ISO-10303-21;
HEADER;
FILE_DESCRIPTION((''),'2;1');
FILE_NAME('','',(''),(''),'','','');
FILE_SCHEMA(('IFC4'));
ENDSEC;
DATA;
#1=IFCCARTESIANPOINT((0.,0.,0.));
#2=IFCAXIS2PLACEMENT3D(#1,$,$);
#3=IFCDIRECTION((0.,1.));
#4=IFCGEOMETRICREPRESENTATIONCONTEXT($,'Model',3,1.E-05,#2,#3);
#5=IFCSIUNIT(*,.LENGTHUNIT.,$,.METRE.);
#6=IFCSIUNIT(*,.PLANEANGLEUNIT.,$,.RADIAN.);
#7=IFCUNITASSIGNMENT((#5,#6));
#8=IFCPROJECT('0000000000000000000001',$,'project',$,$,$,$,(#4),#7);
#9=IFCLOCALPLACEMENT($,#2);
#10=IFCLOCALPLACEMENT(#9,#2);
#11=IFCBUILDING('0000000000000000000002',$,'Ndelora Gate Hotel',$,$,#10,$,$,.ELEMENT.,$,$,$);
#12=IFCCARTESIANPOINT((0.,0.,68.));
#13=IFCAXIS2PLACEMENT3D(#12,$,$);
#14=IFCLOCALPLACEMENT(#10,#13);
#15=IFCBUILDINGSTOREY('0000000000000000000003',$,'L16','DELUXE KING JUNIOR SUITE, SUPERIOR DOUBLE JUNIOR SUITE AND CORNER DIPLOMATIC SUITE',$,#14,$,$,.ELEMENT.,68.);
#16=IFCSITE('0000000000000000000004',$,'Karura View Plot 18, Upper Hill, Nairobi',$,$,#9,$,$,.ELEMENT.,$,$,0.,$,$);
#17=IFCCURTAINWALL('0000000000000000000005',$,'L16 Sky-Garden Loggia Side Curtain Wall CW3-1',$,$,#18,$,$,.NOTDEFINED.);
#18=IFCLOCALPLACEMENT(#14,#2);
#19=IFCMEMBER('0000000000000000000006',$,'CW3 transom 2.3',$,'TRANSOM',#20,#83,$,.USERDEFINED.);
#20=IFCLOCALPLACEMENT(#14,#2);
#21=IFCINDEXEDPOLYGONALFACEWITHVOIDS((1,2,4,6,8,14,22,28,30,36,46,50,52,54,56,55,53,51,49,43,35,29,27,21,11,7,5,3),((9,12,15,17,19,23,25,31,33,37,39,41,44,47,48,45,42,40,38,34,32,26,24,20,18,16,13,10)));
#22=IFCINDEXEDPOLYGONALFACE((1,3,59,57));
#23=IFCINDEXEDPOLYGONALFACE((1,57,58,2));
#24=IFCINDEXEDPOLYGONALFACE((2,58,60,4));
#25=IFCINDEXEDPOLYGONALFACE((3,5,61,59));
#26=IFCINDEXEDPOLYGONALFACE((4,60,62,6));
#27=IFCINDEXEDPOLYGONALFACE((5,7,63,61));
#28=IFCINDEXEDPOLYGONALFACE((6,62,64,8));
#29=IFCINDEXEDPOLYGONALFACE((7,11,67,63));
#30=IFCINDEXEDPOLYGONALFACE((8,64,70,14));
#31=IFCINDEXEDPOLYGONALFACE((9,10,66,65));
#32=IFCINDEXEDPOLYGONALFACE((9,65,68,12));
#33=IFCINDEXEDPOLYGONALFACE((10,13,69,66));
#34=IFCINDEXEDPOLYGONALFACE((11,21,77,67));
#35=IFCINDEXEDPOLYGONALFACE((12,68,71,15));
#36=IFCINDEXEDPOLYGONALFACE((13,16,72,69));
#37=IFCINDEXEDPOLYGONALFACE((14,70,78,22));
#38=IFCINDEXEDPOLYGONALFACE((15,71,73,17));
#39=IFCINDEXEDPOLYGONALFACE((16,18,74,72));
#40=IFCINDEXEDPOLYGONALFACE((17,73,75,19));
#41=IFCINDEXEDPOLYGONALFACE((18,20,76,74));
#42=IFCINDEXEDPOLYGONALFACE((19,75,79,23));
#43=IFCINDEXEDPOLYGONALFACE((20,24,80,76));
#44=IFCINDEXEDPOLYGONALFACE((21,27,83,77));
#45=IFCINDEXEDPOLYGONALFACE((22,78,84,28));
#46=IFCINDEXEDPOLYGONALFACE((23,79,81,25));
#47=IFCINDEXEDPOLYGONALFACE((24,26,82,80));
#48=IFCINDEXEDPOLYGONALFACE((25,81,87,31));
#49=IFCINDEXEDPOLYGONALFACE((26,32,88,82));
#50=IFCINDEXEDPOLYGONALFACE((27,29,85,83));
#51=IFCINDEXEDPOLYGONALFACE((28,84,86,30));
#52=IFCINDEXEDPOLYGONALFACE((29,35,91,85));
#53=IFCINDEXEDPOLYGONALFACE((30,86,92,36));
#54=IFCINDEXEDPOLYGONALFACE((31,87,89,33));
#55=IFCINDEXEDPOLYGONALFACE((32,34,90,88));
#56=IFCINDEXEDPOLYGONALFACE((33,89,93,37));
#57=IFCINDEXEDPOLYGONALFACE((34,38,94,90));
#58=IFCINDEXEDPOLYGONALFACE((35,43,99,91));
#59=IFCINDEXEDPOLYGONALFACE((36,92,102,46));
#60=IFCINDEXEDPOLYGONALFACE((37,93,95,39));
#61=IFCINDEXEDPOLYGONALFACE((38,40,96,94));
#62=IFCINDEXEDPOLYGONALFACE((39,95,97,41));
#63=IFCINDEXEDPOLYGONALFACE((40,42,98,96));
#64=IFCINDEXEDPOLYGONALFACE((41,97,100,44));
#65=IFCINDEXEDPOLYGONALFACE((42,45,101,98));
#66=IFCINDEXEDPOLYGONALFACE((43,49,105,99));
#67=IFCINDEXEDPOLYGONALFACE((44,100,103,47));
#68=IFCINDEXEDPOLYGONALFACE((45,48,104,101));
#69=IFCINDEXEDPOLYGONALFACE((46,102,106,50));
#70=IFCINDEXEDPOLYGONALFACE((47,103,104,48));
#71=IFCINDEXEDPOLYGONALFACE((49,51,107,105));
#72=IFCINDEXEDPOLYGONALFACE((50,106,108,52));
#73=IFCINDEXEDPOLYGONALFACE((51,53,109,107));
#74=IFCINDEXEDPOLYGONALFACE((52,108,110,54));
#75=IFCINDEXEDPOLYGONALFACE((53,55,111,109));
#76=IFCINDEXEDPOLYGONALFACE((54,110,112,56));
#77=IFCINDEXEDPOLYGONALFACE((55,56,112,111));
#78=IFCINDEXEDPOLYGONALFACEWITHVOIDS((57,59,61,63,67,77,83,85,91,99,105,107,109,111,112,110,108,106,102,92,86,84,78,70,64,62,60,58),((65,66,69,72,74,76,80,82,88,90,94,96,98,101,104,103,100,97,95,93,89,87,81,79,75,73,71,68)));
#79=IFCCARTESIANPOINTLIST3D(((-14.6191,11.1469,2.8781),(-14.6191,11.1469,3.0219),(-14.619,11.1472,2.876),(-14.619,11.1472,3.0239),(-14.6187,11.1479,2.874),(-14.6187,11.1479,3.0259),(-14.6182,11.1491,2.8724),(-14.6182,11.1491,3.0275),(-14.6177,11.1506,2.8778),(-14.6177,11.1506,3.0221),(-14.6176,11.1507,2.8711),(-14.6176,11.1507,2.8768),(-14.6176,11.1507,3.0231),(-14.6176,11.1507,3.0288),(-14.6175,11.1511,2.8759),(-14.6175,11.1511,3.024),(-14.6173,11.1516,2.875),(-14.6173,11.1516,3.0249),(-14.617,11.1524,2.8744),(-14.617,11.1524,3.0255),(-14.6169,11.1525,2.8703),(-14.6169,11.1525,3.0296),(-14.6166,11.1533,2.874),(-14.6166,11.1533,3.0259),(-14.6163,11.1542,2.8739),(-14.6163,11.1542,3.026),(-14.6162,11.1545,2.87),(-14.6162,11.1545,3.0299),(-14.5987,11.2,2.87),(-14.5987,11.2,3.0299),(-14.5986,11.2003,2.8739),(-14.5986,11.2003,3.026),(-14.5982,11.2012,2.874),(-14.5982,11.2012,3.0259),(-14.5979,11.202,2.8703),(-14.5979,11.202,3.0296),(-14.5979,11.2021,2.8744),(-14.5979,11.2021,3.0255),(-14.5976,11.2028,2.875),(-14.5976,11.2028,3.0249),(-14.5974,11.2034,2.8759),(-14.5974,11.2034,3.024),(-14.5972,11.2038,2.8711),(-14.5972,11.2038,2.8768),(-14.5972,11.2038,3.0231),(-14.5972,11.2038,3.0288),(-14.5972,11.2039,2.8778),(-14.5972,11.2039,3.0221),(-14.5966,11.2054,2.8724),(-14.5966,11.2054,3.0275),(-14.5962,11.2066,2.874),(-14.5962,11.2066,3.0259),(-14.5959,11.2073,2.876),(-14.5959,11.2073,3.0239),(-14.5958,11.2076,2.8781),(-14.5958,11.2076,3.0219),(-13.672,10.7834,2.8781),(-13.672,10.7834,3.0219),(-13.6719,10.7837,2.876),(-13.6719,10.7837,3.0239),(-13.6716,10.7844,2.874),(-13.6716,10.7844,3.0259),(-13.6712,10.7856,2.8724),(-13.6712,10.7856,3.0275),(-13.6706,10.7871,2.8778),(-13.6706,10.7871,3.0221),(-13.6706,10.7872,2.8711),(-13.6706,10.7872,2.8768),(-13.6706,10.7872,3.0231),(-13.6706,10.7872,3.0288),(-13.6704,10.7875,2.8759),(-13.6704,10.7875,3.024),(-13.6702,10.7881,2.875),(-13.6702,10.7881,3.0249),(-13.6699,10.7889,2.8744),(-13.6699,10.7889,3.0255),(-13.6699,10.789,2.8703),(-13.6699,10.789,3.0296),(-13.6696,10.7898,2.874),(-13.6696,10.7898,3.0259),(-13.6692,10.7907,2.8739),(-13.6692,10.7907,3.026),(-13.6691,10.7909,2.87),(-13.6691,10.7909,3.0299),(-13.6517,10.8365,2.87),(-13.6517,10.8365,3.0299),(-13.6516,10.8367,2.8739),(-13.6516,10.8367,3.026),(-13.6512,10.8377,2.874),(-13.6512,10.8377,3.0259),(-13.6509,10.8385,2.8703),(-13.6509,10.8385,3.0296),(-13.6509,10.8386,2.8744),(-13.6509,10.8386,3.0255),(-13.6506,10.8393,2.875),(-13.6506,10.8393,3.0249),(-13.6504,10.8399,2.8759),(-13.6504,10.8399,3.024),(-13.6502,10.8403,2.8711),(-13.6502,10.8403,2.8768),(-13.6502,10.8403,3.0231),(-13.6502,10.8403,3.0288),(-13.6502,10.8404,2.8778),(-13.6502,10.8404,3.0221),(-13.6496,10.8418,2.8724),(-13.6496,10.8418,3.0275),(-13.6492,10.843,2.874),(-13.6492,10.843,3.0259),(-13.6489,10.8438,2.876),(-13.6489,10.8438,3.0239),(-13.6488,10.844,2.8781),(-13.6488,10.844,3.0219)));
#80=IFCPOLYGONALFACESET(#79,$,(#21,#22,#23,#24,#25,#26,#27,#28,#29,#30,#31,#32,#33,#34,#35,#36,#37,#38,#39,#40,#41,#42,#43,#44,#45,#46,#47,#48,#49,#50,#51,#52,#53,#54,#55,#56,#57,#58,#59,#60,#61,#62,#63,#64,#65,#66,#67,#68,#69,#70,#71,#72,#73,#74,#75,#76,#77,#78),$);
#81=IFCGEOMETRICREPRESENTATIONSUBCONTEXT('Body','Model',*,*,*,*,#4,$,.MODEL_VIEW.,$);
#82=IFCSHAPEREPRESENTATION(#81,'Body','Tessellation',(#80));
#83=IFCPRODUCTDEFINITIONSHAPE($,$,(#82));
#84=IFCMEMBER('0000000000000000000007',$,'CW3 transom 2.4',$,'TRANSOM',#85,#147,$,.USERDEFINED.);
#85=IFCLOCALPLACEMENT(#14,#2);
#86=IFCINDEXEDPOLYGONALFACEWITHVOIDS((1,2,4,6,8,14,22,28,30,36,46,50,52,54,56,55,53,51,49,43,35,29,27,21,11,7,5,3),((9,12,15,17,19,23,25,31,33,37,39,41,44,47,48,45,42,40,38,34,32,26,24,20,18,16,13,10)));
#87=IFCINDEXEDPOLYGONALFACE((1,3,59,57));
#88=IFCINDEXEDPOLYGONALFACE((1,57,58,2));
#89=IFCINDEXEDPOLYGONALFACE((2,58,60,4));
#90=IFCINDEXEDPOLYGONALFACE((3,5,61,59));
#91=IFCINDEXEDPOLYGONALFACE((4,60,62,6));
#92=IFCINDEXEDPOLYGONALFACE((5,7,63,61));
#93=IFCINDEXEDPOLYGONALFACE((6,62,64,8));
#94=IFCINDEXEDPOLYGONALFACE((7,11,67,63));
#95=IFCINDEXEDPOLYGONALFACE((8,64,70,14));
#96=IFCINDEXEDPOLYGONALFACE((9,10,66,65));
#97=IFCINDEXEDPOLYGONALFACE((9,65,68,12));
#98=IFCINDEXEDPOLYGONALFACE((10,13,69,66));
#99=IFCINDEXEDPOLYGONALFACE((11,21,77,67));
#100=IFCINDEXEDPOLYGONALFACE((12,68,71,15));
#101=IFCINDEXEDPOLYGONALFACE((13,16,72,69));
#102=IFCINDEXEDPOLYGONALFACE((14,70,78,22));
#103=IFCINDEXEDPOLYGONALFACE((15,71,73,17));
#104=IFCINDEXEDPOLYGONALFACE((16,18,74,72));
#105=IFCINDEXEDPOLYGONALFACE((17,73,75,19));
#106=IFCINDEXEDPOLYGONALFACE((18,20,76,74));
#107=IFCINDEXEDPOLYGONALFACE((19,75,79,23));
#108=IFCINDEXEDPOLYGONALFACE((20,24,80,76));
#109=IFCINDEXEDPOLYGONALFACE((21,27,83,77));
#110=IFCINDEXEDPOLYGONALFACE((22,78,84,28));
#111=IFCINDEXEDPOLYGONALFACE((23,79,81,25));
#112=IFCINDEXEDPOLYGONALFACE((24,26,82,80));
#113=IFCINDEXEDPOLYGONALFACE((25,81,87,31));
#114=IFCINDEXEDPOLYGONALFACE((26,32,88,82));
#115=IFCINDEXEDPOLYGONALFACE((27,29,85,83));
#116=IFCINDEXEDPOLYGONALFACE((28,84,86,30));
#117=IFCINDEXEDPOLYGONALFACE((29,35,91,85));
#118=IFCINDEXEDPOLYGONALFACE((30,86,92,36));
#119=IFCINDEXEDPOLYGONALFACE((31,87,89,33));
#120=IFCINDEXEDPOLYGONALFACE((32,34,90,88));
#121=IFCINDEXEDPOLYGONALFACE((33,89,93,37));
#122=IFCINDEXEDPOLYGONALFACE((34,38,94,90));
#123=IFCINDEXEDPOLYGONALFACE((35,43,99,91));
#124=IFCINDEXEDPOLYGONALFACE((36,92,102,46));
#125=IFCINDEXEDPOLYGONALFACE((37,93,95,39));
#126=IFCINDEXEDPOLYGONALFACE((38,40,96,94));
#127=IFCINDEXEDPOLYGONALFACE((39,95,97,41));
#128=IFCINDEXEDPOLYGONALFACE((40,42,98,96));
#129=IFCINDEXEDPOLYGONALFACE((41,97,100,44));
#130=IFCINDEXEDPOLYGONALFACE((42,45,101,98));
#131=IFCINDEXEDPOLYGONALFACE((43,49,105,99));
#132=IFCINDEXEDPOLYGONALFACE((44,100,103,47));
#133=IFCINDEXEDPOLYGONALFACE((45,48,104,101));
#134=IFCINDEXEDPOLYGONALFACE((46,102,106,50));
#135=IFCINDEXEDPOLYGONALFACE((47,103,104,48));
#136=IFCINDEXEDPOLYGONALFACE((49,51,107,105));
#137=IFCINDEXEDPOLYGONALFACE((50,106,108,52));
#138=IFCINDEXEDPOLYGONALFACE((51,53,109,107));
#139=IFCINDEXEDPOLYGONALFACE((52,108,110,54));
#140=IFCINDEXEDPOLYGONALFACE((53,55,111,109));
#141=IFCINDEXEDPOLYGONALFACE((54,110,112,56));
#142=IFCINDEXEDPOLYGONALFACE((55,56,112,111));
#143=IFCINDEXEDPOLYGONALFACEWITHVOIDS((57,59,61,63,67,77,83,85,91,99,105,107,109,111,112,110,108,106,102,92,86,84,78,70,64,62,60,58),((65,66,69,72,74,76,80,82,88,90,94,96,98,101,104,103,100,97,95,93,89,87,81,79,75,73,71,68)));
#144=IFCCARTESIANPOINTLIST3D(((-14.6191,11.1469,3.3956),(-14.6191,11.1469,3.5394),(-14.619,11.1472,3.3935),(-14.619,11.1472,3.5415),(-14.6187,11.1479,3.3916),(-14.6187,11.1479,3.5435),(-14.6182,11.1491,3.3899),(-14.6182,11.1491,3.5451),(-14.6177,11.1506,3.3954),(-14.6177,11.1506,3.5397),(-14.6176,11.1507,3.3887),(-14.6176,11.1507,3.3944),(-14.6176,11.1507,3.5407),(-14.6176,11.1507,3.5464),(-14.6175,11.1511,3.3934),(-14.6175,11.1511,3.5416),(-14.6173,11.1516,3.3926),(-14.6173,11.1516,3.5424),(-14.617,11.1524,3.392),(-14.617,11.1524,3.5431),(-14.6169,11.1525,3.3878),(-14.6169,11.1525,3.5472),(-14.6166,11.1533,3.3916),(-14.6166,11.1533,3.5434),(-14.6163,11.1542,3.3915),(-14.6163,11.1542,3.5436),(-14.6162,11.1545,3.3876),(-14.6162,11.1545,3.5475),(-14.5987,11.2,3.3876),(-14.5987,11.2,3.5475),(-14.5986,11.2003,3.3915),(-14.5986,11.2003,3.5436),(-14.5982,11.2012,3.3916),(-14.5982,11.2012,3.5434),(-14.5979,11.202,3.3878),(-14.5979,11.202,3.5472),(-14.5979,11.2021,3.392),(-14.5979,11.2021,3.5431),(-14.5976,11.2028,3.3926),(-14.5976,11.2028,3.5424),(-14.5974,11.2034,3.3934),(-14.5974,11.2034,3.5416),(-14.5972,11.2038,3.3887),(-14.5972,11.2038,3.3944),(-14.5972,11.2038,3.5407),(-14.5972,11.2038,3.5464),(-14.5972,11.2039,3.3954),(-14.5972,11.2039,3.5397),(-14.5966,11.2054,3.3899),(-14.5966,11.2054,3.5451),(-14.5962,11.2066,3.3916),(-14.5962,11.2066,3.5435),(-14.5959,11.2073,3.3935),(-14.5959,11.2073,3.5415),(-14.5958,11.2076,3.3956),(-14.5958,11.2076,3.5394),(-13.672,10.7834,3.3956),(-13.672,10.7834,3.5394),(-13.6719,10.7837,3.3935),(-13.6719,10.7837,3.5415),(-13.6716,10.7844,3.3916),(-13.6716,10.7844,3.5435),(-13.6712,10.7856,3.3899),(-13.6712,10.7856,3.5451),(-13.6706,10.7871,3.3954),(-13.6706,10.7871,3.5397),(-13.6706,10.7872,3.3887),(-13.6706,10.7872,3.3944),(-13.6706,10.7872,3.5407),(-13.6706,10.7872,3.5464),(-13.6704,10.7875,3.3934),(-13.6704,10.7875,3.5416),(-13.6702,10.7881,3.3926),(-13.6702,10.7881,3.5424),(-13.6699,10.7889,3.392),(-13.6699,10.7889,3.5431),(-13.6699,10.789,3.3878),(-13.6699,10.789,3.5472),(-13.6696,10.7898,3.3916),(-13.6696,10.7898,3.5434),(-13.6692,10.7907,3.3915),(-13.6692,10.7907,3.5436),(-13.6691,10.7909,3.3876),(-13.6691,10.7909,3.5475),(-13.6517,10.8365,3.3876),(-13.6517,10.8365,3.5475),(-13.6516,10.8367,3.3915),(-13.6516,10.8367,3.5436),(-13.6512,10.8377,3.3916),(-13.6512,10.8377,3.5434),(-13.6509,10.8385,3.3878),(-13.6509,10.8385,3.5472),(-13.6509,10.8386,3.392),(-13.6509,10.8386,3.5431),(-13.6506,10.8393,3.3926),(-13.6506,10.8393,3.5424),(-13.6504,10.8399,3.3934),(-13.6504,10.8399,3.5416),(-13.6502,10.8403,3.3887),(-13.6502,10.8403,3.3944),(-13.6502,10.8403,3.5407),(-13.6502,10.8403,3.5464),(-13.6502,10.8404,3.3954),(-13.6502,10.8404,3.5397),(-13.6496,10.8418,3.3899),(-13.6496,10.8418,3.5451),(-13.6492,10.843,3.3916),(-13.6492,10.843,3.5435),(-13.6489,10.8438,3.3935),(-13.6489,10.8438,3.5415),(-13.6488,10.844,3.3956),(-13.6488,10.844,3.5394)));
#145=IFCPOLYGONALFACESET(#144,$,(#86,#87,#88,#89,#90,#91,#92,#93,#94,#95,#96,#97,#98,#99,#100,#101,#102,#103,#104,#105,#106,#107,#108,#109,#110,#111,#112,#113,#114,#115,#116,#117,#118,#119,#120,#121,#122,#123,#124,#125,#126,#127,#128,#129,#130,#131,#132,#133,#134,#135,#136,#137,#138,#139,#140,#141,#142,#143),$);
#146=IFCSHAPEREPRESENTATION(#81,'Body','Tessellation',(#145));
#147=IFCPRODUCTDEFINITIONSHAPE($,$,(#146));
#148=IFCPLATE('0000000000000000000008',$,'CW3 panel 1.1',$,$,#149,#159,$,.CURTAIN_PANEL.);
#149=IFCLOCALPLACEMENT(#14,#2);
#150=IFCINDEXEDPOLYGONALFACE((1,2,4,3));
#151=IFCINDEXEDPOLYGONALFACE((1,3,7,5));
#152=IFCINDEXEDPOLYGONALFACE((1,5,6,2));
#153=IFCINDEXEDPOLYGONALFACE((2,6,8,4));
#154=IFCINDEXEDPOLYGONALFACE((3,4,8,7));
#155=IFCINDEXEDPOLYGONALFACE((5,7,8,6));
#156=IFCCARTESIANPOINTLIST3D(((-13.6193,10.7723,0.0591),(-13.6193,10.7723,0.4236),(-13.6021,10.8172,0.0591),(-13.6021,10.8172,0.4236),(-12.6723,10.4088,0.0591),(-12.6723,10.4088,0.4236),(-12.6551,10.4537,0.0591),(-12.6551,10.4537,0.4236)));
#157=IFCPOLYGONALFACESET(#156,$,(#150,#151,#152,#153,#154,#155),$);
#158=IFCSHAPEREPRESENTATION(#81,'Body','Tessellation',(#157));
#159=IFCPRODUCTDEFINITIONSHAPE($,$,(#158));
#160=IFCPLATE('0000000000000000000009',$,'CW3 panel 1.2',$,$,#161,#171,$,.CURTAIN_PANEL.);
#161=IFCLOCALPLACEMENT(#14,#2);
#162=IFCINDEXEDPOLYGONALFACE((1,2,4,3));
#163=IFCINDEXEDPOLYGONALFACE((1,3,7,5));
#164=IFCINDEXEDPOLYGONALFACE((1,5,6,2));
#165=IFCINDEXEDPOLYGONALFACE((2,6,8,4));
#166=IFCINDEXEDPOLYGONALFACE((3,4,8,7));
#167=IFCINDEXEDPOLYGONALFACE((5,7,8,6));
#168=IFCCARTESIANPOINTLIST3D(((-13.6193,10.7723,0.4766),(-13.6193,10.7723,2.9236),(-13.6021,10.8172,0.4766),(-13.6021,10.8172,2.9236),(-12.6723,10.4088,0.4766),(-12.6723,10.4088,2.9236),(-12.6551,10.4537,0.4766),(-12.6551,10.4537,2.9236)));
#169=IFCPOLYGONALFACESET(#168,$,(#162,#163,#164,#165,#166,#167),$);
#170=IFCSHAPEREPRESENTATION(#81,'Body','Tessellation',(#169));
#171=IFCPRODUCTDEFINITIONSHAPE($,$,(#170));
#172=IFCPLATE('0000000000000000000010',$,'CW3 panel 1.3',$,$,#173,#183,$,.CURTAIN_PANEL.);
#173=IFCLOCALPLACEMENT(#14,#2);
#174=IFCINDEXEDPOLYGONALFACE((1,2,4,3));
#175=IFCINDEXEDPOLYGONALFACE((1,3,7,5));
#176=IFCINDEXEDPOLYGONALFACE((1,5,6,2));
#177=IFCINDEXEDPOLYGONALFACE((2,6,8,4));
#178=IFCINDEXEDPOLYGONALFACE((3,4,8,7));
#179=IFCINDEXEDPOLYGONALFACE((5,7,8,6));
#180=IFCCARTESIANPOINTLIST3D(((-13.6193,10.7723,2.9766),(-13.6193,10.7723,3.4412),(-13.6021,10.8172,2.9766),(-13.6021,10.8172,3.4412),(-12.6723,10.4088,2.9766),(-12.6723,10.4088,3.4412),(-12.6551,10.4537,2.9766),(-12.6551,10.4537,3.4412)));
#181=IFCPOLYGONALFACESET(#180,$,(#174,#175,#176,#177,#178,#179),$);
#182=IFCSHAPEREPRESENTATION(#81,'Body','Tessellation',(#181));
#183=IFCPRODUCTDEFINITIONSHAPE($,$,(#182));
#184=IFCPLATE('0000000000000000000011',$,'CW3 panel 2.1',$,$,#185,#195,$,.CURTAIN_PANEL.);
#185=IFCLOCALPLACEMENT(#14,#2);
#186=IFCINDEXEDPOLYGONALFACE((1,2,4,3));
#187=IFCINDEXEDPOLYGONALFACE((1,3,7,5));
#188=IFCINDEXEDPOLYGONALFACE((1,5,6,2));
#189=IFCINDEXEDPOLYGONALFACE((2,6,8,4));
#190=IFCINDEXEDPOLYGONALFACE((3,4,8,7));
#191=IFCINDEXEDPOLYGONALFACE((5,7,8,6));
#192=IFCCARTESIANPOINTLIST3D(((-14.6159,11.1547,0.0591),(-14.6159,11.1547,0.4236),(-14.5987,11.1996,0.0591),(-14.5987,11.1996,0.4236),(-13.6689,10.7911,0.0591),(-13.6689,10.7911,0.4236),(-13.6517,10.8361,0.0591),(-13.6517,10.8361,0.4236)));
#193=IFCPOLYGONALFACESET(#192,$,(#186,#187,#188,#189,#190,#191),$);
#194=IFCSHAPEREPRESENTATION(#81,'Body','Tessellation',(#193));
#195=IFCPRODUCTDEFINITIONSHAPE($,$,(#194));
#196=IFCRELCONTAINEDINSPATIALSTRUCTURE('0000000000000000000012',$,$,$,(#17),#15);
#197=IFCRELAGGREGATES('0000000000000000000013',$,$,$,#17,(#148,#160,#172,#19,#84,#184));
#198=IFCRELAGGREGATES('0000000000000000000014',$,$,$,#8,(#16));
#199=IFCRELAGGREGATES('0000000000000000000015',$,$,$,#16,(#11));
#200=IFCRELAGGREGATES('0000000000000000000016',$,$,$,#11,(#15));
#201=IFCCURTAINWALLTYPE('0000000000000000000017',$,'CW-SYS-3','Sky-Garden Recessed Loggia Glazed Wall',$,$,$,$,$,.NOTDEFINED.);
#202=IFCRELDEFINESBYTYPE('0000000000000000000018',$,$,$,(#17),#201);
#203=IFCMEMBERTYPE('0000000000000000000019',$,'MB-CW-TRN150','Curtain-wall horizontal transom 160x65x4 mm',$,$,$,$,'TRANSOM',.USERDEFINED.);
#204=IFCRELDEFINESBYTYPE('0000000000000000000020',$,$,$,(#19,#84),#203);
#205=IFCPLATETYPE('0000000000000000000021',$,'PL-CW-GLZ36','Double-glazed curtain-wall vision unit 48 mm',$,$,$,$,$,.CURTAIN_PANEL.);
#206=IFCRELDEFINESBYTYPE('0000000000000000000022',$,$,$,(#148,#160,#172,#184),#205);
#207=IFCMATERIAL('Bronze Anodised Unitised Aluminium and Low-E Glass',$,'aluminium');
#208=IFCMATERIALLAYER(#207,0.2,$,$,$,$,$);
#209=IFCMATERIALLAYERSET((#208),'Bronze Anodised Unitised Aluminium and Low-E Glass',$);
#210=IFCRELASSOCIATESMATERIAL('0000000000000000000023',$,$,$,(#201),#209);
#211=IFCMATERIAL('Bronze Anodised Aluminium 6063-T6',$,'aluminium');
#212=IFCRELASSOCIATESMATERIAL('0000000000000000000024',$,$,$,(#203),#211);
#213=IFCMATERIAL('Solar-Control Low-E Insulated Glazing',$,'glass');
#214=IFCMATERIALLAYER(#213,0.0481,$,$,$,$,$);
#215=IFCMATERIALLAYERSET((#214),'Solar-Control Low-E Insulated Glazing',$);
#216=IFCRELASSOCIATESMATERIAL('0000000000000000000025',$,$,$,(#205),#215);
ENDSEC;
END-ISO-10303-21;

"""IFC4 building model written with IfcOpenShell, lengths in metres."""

from ifc_helpers import new_model, si_unit, direction, frame, origin, origin_2d, place, context, subcontext, project, spatial, rectangle, hollow_rectangle, extrude, material, layer, layer_set, material_profile, profile_set, type_object, element, aggregate, save


model = new_model("IFC4")

# Units and contexts
model_context = context("Model", 3, precision=1e-05, world=origin(), true_north=direction((0.0, 1.0)))
body_context = subcontext(model_context, "Body", "Model", "MODEL_VIEW")
ifc_project = project(units=[si_unit("LENGTHUNIT", "METRE"), si_unit("PLANEANGLEUNIT", "RADIAN")], contexts=[model_context])

# Site, building, storey
site_placement = place(None, origin())
site = spatial("IfcSite", under=ifc_project, at=site_placement, Name="Karura View Plot 18, Upper Hill, Nairobi", CompositionType="ELEMENT", RefElevation=0.0)
building_placement = place(site_placement, origin())
building = spatial("IfcBuilding", under=site, at=building_placement, Name="Ndelora Gate Hotel", CompositionType="ELEMENT")
storey_placement = place(building_placement, frame((0.0, 0.0, 68.0)))
storey = spatial("IfcBuildingStorey", under=building, at=storey_placement, Name="L16", Description="DELUXE KING JUNIOR SUITE, SUPERIOR DOUBLE JUNIOR SUITE AND CORNER DIPLOMATIC SUITE", CompositionType="ELEMENT", Elevation=68.0)

# Curtain wall, members, plates
ifc_material_1 = material(Name="Bronze Anodised Unitised Aluminium and Low-E Glass", Category="aluminium")
ifc_layer_1 = layer(ifc_material_1, 0.2)
ifc_layer_set_1 = layer_set([ifc_layer_1], Name="Bronze Anodised Unitised Aluminium and Low-E Glass")
curtain_wall_type = type_object("IfcCurtainWallType", Name="CW-SYS-3", Description="Sky-Garden Recessed Loggia Glazed Wall", PredefinedType="NOTDEFINED", material=ifc_layer_set_1)
curtain_wall_placement = place(storey_placement, origin())
curtain_wall = element("IfcCurtainWall", 1, at=curtain_wall_placement, inside=storey, type_object=curtain_wall_type, Name="L16 Sky-Garden Loggia Side Curtain Wall CW3-1", PredefinedType="NOTDEFINED")
ifc_material_2 = material(Name="Bronze Anodised Aluminium 6063-T6", Category="aluminium")
ifc_material_profile_1 = material_profile(ifc_material_2, hollow_rectangle(XDim=0.0649, YDim=0.1599, WallThickness=0.0039, InnerFilletRadius=0.0039, OuterFilletRadius=0.0081, at=origin_2d()), Name="ALU 160x65x4")
ifc_profile_set_1 = profile_set([ifc_material_profile_1], Name="Bronze Anodised Aluminium 6063-T6")
member_type_1 = type_object("IfcMemberType", Name="MB-CW-TRN150", Description="Curtain-wall horizontal transom 160x65x4 mm", ElementType="TRANSOM", PredefinedType="USERDEFINED", material=ifc_profile_set_1)
member_1_placement = place(storey_placement, frame((-13.6604, 10.8137, 2.95), z_axis=(-0.933581, 0.358366, 0.0), x_axis=(-0.358366, -0.933581, 0.0)))
member_1 = element("IfcMember", 2, at=member_1_placement, type_object=member_type_1, Name="CW3 transom 2.3", ObjectType="TRANSOM", PredefinedType="USERDEFINED", context=body_context, shape_type="SweptSolid", body=[
    extrude(hollow_rectangle(XDim=0.0649, YDim=0.1599, WallThickness=0.0039, InnerFilletRadius=0.0039, OuterFilletRadius=0.0081, at=origin_2d()), origin(), (0.0, 0.0, 1.0), 1.0144),
])
member_2_placement = place(storey_placement, frame((-13.6604, 10.8137, 3.4675), z_axis=(-0.933581, 0.358366, 0.0), x_axis=(-0.358366, -0.933581, 0.0)))
member_2 = element("IfcMember", 3, at=member_2_placement, type_object=member_type_1, Name="CW3 transom 2.4", ObjectType="TRANSOM", PredefinedType="USERDEFINED", context=body_context, shape_type="SweptSolid", body=[
    extrude(hollow_rectangle(XDim=0.0649, YDim=0.1599, WallThickness=0.0039, InnerFilletRadius=0.0039, OuterFilletRadius=0.0081, at=origin_2d()), origin(), (0.0, 0.0, 1.0), 1.0144),
])
ifc_material_3 = material(Name="Solar-Control Low-E Insulated Glazing", Category="glass")
ifc_layer_2 = layer(ifc_material_3, 0.0481)
ifc_layer_set_2 = layer_set([ifc_layer_2], Name="Solar-Control Low-E Insulated Glazing")
plate_type = type_object("IfcPlateType", Name="PL-CW-GLZ36", Description="Double-glazed curtain-wall vision unit 48 mm", PredefinedType="CURTAIN_PANEL", material=ifc_layer_set_2)
plate_1_placement = place(storey_placement, frame((-13.1372, 10.613, 0.0591), z_axis=(0.0, 0.0, 1.0), x_axis=(-0.933583, 0.358361, 0.0)))
plate_1 = element("IfcPlate", 4, at=plate_1_placement, type_object=plate_type, Name="CW3 panel 1.1", PredefinedType="CURTAIN_PANEL", context=body_context, shape_type="SweptSolid", body=[
    extrude(rectangle(XDim=1.0144, YDim=0.0481, at=origin_2d()), origin(), (0.0, 0.0, 1.0), 0.3645),
])
plate_2_placement = place(storey_placement, frame((-13.1372, 10.613, 0.4766), z_axis=(0.0, 0.0, 1.0), x_axis=(-0.933583, 0.358361, 0.0)))
plate_2 = element("IfcPlate", 5, at=plate_2_placement, type_object=plate_type, Name="CW3 panel 1.2", PredefinedType="CURTAIN_PANEL", context=body_context, shape_type="SweptSolid", body=[
    extrude(rectangle(XDim=1.0144, YDim=0.0481, at=origin_2d()), origin(), (0.0, 0.0, 1.0), 2.447),
])
plate_3_placement = place(storey_placement, frame((-13.1372, 10.613, 2.9766), z_axis=(0.0, 0.0, 1.0), x_axis=(-0.933583, 0.358361, 0.0)))
plate_3 = element("IfcPlate", 6, at=plate_3_placement, type_object=plate_type, Name="CW3 panel 1.3", PredefinedType="CURTAIN_PANEL", context=body_context, shape_type="SweptSolid", body=[
    extrude(rectangle(XDim=1.0144, YDim=0.0481, at=origin_2d()), origin(), (0.0, 0.0, 1.0), 0.4646),
])
plate_4_placement = place(storey_placement, frame((-14.1338, 10.9954, 0.0591), z_axis=(0.0, 0.0, 1.0), x_axis=(-0.933583, 0.358361, 0.0)))
plate_4 = element("IfcPlate", 7, at=plate_4_placement, type_object=plate_type, Name="CW3 panel 2.1", PredefinedType="CURTAIN_PANEL", context=body_context, shape_type="SweptSolid", body=[
    extrude(rectangle(XDim=1.0144, YDim=0.0481, at=origin_2d()), origin(), (0.0, 0.0, 1.0), 0.3645),
])
aggregate(curtain_wall, [plate_1, plate_2, plate_3, member_1, member_2, plate_4])

save(model, "model.ifc")
